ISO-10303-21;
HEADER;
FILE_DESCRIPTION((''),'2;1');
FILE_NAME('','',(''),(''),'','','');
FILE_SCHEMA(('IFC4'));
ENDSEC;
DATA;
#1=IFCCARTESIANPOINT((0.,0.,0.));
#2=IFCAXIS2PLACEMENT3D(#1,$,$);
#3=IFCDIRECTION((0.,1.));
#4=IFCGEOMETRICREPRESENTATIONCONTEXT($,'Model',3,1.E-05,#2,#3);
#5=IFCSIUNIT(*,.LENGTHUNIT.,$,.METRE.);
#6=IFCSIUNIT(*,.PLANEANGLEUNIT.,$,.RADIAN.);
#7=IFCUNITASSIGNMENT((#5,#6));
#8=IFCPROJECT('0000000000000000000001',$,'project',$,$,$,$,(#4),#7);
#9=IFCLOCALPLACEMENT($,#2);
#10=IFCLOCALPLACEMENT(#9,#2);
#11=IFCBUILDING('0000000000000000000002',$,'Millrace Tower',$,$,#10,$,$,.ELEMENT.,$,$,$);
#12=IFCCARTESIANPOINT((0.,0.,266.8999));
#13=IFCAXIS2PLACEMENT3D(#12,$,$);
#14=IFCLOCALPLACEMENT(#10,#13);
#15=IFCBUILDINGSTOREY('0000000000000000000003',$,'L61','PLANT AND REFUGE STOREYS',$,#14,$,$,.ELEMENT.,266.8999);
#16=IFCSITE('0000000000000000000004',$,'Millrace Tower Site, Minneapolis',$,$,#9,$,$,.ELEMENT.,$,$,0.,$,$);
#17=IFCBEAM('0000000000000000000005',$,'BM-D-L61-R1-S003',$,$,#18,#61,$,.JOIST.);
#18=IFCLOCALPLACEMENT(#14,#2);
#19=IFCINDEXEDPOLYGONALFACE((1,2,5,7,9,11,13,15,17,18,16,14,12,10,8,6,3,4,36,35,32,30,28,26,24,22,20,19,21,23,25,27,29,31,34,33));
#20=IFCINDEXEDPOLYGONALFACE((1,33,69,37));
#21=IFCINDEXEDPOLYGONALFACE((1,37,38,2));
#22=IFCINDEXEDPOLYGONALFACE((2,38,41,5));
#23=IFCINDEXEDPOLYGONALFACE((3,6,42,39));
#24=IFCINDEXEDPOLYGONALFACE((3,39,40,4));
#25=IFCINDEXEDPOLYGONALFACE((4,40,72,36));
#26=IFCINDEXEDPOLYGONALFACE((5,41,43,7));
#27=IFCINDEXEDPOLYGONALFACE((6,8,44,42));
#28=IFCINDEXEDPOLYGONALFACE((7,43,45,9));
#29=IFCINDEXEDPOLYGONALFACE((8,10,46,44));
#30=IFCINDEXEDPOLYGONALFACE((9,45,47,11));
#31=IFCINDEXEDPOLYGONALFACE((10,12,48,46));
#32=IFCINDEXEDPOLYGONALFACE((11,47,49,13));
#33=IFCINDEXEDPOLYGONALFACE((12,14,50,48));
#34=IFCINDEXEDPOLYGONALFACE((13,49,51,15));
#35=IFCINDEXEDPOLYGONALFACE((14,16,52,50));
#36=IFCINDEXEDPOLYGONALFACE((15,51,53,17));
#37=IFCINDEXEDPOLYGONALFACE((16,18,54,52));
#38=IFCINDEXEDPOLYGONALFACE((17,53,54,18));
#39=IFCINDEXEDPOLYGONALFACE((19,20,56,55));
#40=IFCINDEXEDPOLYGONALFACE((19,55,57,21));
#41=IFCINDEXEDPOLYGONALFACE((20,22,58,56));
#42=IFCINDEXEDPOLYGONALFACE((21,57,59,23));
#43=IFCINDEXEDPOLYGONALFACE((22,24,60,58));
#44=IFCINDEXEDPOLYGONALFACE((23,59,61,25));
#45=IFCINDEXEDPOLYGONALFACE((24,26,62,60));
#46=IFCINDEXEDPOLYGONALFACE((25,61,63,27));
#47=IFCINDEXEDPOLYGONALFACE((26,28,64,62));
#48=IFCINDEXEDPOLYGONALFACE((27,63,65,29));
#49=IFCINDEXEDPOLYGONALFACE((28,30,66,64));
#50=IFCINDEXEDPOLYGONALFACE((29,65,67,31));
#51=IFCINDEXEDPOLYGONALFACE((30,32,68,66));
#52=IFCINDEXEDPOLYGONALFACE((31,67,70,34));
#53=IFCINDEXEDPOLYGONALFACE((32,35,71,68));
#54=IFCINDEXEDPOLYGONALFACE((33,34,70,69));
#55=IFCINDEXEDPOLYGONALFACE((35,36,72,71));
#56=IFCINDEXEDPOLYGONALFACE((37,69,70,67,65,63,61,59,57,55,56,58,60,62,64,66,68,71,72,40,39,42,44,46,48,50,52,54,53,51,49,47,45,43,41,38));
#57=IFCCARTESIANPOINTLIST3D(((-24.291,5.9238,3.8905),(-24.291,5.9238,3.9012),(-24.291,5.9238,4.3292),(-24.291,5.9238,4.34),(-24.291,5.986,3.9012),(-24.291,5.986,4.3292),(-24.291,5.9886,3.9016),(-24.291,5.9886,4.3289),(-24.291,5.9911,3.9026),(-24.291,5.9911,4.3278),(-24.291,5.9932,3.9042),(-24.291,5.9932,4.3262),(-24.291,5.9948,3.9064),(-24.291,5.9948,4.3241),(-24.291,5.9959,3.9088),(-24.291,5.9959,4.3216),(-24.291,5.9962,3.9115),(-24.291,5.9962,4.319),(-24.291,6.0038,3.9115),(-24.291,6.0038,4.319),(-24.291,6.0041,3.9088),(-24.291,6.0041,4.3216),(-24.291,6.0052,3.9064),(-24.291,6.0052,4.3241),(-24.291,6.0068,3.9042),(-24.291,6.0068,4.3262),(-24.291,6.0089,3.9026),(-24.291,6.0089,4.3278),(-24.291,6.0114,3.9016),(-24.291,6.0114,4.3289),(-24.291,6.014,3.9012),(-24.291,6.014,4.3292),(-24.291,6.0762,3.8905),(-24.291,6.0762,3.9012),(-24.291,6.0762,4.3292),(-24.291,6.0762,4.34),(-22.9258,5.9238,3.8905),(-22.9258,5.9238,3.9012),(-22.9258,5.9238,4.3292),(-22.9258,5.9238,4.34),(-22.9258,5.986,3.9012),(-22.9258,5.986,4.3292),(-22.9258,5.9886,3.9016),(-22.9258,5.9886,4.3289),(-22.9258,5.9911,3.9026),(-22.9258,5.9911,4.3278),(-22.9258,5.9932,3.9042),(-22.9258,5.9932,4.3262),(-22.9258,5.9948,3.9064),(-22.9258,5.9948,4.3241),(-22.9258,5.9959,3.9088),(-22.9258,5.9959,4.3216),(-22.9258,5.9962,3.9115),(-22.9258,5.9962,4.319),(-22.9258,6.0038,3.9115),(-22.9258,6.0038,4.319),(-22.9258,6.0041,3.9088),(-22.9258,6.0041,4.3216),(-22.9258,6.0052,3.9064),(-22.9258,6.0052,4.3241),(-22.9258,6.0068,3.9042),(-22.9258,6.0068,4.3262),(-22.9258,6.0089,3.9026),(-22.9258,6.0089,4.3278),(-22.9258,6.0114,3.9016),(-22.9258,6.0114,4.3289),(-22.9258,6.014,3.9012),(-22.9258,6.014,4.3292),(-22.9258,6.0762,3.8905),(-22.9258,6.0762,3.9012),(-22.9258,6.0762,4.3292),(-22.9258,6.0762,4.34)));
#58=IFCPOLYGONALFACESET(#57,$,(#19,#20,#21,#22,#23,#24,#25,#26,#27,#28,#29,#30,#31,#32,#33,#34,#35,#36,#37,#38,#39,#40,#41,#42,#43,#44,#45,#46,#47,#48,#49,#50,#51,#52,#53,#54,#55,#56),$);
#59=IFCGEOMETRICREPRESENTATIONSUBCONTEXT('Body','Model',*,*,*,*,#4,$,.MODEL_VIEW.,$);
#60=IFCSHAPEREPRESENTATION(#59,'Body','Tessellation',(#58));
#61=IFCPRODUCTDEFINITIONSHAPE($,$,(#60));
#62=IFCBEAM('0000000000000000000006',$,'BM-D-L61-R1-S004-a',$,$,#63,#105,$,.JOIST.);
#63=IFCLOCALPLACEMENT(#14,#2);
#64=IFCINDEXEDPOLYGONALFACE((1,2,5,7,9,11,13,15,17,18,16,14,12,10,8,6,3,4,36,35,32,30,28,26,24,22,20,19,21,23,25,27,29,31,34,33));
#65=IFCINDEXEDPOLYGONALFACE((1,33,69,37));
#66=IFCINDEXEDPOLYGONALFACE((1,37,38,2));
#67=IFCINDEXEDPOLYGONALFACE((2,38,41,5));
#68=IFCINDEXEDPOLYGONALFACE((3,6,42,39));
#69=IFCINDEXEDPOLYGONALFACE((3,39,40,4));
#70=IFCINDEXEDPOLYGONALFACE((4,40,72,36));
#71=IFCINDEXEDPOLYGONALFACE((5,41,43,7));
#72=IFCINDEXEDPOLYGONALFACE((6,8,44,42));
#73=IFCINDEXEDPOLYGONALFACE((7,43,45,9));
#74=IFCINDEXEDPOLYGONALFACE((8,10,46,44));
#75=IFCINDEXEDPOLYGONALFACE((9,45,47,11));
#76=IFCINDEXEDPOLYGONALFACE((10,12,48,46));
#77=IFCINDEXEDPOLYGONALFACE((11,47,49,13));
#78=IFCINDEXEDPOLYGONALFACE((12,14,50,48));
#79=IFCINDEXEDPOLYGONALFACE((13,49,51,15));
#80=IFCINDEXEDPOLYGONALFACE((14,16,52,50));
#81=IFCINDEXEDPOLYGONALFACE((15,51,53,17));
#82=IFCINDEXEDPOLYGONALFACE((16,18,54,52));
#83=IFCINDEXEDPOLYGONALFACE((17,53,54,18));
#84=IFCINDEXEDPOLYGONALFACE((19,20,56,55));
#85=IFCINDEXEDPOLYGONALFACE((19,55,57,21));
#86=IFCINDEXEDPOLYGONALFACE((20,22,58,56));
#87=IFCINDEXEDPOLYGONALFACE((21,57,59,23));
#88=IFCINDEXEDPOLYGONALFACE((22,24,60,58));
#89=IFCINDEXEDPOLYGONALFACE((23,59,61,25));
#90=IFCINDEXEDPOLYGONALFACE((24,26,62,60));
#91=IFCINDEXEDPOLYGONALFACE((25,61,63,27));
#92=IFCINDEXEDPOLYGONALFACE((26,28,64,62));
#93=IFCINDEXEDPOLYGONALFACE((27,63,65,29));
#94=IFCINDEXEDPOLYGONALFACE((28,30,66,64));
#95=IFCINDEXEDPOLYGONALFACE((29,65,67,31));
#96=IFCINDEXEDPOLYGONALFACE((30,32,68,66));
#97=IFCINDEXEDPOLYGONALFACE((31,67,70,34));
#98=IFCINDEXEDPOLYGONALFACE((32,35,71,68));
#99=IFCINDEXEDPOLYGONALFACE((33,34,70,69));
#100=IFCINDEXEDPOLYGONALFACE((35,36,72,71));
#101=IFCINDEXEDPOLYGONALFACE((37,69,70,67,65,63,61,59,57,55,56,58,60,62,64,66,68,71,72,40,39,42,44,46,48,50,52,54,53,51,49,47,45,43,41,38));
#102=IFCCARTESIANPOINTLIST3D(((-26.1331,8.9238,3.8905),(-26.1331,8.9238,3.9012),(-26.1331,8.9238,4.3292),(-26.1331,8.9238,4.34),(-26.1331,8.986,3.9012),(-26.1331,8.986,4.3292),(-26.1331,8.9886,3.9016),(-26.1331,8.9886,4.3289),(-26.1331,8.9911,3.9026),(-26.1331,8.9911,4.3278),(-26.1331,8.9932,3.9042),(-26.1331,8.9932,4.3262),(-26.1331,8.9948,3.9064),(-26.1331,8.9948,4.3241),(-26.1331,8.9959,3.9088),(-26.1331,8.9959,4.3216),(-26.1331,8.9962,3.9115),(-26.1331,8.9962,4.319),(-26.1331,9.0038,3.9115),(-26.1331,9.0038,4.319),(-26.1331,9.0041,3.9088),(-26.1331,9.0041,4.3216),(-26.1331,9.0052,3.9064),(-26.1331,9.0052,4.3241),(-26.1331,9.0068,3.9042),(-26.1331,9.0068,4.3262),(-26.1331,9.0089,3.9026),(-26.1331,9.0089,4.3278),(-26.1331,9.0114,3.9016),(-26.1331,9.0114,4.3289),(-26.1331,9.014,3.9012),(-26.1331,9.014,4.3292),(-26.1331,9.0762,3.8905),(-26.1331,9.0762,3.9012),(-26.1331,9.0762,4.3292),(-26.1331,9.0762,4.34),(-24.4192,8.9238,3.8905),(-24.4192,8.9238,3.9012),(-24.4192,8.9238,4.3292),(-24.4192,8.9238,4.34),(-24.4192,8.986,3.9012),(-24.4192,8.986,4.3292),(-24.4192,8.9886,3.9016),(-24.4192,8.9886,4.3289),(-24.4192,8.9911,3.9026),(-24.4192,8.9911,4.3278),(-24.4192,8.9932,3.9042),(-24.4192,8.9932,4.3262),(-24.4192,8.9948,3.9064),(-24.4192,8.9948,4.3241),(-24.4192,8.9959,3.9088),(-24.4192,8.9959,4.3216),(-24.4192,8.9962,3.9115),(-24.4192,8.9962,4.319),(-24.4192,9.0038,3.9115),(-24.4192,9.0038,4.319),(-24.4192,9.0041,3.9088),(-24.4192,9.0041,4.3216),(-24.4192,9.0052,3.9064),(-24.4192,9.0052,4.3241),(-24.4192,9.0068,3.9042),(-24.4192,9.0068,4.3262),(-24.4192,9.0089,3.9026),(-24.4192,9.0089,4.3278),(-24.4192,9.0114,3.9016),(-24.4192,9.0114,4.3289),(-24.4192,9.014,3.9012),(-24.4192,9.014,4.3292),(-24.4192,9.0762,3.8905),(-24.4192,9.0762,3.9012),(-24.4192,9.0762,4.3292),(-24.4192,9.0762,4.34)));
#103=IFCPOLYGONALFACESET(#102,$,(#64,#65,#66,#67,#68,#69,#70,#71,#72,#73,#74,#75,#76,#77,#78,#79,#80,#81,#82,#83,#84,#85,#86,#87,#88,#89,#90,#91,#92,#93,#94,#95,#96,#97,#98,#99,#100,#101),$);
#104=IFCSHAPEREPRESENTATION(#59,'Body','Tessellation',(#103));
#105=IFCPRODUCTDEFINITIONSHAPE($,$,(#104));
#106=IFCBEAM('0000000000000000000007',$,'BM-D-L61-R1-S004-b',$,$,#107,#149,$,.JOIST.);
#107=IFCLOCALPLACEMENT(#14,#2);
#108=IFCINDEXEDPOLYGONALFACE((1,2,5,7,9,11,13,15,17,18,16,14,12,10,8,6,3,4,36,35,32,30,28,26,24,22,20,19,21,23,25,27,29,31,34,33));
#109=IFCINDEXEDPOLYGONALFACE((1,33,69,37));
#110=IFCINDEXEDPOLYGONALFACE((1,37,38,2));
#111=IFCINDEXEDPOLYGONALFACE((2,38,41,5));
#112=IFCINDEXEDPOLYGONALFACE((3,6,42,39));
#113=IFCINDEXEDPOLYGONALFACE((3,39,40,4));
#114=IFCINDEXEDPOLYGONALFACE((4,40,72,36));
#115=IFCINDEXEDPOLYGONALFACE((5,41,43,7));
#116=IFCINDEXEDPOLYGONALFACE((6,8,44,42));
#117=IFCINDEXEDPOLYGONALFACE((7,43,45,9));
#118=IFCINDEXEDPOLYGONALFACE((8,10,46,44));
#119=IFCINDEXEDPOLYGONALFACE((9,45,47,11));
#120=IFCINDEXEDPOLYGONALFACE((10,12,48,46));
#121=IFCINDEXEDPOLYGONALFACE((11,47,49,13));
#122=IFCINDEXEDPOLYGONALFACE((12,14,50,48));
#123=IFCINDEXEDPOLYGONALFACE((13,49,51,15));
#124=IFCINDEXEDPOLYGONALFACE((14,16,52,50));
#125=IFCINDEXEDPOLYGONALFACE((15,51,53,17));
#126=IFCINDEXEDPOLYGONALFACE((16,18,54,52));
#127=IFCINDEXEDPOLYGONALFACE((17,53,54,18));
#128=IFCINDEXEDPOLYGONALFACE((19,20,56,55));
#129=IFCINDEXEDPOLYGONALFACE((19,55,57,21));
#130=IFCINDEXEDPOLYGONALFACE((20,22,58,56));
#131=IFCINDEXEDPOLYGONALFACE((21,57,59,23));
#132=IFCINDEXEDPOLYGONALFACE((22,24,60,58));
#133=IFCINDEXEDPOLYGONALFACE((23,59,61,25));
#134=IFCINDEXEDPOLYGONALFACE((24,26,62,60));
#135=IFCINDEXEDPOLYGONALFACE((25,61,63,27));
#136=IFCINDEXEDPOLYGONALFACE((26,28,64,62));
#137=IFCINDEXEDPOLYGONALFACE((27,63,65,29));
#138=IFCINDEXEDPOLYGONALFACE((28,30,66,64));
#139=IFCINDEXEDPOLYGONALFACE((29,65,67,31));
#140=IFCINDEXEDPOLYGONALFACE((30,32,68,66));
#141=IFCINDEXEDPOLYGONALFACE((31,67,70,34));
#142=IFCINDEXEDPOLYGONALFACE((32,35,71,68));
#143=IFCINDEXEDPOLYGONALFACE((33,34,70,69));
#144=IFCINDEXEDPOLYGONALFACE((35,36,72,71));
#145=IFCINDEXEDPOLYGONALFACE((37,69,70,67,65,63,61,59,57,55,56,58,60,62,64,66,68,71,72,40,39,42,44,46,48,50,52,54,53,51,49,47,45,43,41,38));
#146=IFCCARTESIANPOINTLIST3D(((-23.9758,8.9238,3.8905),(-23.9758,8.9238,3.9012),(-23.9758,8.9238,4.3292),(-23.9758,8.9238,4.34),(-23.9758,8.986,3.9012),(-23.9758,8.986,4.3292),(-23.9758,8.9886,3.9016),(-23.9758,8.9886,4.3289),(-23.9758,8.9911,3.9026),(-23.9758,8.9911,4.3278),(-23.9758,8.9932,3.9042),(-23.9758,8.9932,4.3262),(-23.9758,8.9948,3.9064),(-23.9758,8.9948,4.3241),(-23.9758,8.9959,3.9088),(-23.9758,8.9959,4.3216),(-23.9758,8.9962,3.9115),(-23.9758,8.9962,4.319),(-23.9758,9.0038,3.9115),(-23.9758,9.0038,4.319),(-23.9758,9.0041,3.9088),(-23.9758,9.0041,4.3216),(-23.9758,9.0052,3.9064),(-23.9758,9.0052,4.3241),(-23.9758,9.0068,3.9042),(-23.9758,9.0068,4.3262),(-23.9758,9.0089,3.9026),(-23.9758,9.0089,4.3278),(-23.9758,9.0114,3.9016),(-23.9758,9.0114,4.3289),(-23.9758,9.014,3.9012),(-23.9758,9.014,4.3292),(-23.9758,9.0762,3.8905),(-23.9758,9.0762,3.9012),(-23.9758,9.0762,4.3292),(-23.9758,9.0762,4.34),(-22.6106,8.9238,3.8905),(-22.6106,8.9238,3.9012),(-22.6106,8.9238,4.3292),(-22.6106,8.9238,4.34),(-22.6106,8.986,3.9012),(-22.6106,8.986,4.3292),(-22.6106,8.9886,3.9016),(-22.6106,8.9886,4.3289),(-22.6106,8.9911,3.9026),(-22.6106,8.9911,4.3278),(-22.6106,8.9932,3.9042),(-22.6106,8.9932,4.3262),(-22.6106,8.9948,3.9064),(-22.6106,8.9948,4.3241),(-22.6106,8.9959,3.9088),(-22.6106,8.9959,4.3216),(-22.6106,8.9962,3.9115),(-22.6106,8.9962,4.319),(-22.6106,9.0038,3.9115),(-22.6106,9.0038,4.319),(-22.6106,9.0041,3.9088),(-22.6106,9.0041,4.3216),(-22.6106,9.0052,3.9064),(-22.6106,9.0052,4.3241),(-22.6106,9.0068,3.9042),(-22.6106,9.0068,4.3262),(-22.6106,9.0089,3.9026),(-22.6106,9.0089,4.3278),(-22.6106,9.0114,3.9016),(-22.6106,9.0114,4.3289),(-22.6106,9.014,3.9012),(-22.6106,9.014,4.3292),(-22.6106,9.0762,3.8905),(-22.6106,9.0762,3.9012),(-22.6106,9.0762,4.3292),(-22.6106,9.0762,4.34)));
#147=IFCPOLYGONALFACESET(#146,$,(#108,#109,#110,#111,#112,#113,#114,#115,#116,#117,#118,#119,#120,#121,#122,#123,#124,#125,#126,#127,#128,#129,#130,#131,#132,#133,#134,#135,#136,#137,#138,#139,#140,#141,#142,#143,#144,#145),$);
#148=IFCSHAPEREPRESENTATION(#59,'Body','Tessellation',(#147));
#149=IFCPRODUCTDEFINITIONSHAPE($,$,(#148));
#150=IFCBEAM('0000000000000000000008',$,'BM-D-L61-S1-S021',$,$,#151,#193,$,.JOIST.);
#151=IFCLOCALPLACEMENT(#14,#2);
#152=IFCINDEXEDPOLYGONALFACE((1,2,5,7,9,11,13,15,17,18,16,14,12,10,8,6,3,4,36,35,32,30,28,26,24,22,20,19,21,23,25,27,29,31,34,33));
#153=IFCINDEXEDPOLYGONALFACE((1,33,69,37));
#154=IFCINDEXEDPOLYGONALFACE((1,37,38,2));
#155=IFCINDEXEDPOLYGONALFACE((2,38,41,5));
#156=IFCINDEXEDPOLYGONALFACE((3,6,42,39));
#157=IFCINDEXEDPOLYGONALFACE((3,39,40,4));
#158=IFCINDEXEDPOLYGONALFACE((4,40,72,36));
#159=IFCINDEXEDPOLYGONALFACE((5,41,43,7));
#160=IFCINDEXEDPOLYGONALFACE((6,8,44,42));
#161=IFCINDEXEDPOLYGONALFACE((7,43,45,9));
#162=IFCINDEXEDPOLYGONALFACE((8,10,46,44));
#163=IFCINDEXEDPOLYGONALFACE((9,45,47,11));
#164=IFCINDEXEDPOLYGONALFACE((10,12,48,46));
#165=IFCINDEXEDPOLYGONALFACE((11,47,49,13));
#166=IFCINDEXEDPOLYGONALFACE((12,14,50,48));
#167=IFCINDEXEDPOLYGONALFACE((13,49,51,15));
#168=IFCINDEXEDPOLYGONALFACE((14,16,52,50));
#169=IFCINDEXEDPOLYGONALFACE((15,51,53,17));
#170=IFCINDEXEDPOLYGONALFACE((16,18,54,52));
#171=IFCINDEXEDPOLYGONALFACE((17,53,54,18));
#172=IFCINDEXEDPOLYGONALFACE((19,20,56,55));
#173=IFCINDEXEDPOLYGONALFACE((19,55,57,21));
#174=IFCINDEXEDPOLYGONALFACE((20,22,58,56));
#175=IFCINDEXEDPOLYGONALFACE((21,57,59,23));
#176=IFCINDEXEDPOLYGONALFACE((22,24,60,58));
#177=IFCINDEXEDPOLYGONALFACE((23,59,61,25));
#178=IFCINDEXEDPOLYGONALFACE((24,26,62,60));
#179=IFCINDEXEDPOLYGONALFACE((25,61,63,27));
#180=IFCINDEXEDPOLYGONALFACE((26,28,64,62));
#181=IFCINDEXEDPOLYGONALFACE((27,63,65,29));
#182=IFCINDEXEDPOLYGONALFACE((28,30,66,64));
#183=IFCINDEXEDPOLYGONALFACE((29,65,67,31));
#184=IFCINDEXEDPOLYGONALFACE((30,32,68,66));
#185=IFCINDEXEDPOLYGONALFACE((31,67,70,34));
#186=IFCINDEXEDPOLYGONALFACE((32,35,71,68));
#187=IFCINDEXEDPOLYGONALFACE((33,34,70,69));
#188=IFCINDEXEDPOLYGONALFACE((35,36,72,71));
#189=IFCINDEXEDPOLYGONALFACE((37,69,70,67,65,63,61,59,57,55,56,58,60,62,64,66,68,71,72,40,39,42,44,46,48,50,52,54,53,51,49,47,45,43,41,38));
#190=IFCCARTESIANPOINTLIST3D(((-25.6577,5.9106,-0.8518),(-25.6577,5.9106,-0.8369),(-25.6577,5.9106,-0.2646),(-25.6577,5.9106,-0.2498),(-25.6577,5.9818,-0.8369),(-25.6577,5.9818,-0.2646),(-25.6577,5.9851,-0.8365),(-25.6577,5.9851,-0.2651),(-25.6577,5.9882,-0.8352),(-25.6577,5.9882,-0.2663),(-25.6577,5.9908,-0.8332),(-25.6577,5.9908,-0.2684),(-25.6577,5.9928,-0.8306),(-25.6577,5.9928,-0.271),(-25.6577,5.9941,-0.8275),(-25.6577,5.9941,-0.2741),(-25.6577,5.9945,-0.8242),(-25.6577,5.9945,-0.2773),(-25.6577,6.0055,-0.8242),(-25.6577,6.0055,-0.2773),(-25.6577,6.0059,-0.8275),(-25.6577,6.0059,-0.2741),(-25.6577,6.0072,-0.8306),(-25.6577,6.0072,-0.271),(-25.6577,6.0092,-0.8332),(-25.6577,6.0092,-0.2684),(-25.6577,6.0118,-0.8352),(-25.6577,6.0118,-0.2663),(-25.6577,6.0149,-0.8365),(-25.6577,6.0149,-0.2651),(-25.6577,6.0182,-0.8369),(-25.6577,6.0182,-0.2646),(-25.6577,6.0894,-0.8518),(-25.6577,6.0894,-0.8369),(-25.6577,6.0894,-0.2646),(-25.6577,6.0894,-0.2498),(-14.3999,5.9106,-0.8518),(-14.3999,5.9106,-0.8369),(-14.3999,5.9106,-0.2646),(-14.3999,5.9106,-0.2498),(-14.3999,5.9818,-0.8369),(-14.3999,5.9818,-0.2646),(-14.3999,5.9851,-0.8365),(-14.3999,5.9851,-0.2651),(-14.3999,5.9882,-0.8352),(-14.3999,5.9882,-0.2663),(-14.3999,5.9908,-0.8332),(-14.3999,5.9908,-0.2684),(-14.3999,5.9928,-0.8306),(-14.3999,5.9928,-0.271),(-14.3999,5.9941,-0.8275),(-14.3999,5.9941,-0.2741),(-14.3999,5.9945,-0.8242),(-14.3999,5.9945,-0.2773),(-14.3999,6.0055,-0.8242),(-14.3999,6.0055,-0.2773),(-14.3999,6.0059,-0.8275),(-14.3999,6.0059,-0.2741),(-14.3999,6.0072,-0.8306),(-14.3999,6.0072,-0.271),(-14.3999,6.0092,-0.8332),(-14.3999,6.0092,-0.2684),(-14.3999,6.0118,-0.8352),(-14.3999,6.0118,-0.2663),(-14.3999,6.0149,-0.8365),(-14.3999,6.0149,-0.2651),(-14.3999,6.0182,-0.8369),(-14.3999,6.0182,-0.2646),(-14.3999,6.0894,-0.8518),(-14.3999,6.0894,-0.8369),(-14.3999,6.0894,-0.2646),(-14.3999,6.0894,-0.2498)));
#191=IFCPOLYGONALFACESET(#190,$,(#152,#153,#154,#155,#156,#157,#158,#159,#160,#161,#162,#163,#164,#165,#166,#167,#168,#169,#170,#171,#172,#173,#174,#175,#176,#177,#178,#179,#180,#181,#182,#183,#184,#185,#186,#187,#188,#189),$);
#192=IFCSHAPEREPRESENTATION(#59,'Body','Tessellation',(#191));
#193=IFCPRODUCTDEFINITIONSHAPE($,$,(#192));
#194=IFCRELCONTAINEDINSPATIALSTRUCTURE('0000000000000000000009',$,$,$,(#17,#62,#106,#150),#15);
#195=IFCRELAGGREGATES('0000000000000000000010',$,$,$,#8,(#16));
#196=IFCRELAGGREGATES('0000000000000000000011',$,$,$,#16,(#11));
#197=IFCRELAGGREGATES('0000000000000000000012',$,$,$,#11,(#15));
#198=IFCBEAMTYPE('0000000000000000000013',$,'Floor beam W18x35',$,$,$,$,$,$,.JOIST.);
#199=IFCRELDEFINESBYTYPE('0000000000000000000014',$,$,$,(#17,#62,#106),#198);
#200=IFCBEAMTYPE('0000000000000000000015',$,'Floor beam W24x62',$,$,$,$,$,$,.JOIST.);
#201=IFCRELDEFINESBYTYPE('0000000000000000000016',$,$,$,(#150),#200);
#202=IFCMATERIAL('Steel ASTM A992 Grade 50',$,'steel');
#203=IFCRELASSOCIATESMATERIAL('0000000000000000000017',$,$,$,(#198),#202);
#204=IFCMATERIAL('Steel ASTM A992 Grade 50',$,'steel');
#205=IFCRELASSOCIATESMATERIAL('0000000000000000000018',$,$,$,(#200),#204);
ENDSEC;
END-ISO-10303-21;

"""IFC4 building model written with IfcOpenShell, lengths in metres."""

from ifc_helpers import new_model, si_unit, direction, frame, origin, origin_2d, place, context, subcontext, project, spatial, i_section, extrude, material, material_profile, profile_set, type_object, element, save


model = new_model("IFC4")

# Units and contexts
model_context = context("Model", 3, precision=1e-05, world=origin(), true_north=direction((0.0, 1.0)))
body_context = subcontext(model_context, "Body", "Model", "MODEL_VIEW")
ifc_project = project(units=[si_unit("LENGTHUNIT", "METRE"), si_unit("PLANEANGLEUNIT", "RADIAN")], contexts=[model_context])

# Site, building, storey
site_placement = place(None, origin())
site = spatial("IfcSite", under=ifc_project, at=site_placement, Name="Millrace Tower Site, Minneapolis", CompositionType="ELEMENT", RefElevation=0.0)
building_placement = place(site_placement, origin())
building = spatial("IfcBuilding", under=site, at=building_placement, Name="Millrace Tower", CompositionType="ELEMENT")
storey_placement = place(building_placement, frame((0.0, 0.0, 266.8999)))
storey = spatial("IfcBuildingStorey", under=building, at=storey_placement, Name="L61", Description="PLANT AND REFUGE STOREYS", CompositionType="ELEMENT", Elevation=266.8999)

# Beams
ifc_material_1 = material(Name="Steel ASTM A992 Grade 50", Category="steel")
ifc_material_profile_1 = material_profile(ifc_material_1, i_section(OverallWidth=0.1523, OverallDepth=0.4495, WebThickness=0.0076, FlangeThickness=0.0107, FilletRadius=0.0103, at=origin_2d()))
ifc_profile_set_1 = profile_set([ifc_material_profile_1], Name="Steel ASTM A992 Grade 50")
beam_type_1 = type_object("IfcBeamType", Name="Floor beam W18x35", PredefinedType="JOIST", material=ifc_profile_set_1)
beam_1_placement = place(storey_placement, frame((-24.291, 6.0, 4.1152), z_axis=(1.0, 0.0, 0.0), x_axis=(0.0, 1.0, 0.0)))
element("IfcBeam", 1, at=beam_1_placement, inside=storey, type_object=beam_type_1, Name="BM-D-L61-R1-S003", PredefinedType="JOIST", context=body_context, shape_type="SweptSolid", body=[
    extrude(i_section(OverallWidth=0.1523, OverallDepth=0.4495, WebThickness=0.0076, FlangeThickness=0.0107, FilletRadius=0.0103, at=origin_2d()), origin(), (0.0, 0.0, 1.0), 1.3652),
])
beam_2_placement = place(storey_placement, frame((-26.1331, 9.0, 4.1152), z_axis=(1.0, 0.0, 0.0), x_axis=(0.0, 1.0, 0.0)))
element("IfcBeam", 2, at=beam_2_placement, inside=storey, type_object=beam_type_1, Name="BM-D-L61-R1-S004-a", PredefinedType="JOIST", context=body_context, shape_type="SweptSolid", body=[
    extrude(i_section(OverallWidth=0.1523, OverallDepth=0.4495, WebThickness=0.0076, FlangeThickness=0.0107, FilletRadius=0.0103, at=origin_2d()), origin(), (0.0, 0.0, 1.0), 1.7139),
])
beam_3_placement = place(storey_placement, frame((-23.9758, 9.0, 4.1152), z_axis=(1.0, 0.0, 0.0), x_axis=(0.0, 1.0, 0.0)))
element("IfcBeam", 3, at=beam_3_placement, inside=storey, type_object=beam_type_1, Name="BM-D-L61-R1-S004-b", PredefinedType="JOIST", context=body_context, shape_type="SweptSolid", body=[
    extrude(i_section(OverallWidth=0.1523, OverallDepth=0.4495, WebThickness=0.0076, FlangeThickness=0.0107, FilletRadius=0.0103, at=origin_2d()), origin(), (0.0, 0.0, 1.0), 1.3652),
])
ifc_material_2 = material(Name="Steel ASTM A992 Grade 50", Category="steel")
ifc_material_profile_2 = material_profile(ifc_material_2, i_section(OverallWidth=0.1787, OverallDepth=0.6021, WebThickness=0.011, FlangeThickness=0.0149, FilletRadius=0.0127, at=origin_2d()))
ifc_profile_set_2 = profile_set([ifc_material_profile_2], Name="Steel ASTM A992 Grade 50")
beam_type_2 = type_object("IfcBeamType", Name="Floor beam W24x62", PredefinedType="JOIST", material=ifc_profile_set_2)
beam_4_placement = place(storey_placement, frame((-25.6577, 6.0, -0.5508), z_axis=(1.0, 0.0, 0.0), x_axis=(0.0, 1.0, 0.0)))
element("IfcBeam", 4, at=beam_4_placement, inside=storey, type_object=beam_type_2, Name="BM-D-L61-S1-S021", PredefinedType="JOIST", context=body_context, shape_type="SweptSolid", body=[
    extrude(i_section(OverallWidth=0.1787, OverallDepth=0.6021, WebThickness=0.011, FlangeThickness=0.0149, FilletRadius=0.0127, at=origin_2d()), origin(), (0.0, 0.0, 1.0), 11.2578),
])

save(model, "model.ifc")
